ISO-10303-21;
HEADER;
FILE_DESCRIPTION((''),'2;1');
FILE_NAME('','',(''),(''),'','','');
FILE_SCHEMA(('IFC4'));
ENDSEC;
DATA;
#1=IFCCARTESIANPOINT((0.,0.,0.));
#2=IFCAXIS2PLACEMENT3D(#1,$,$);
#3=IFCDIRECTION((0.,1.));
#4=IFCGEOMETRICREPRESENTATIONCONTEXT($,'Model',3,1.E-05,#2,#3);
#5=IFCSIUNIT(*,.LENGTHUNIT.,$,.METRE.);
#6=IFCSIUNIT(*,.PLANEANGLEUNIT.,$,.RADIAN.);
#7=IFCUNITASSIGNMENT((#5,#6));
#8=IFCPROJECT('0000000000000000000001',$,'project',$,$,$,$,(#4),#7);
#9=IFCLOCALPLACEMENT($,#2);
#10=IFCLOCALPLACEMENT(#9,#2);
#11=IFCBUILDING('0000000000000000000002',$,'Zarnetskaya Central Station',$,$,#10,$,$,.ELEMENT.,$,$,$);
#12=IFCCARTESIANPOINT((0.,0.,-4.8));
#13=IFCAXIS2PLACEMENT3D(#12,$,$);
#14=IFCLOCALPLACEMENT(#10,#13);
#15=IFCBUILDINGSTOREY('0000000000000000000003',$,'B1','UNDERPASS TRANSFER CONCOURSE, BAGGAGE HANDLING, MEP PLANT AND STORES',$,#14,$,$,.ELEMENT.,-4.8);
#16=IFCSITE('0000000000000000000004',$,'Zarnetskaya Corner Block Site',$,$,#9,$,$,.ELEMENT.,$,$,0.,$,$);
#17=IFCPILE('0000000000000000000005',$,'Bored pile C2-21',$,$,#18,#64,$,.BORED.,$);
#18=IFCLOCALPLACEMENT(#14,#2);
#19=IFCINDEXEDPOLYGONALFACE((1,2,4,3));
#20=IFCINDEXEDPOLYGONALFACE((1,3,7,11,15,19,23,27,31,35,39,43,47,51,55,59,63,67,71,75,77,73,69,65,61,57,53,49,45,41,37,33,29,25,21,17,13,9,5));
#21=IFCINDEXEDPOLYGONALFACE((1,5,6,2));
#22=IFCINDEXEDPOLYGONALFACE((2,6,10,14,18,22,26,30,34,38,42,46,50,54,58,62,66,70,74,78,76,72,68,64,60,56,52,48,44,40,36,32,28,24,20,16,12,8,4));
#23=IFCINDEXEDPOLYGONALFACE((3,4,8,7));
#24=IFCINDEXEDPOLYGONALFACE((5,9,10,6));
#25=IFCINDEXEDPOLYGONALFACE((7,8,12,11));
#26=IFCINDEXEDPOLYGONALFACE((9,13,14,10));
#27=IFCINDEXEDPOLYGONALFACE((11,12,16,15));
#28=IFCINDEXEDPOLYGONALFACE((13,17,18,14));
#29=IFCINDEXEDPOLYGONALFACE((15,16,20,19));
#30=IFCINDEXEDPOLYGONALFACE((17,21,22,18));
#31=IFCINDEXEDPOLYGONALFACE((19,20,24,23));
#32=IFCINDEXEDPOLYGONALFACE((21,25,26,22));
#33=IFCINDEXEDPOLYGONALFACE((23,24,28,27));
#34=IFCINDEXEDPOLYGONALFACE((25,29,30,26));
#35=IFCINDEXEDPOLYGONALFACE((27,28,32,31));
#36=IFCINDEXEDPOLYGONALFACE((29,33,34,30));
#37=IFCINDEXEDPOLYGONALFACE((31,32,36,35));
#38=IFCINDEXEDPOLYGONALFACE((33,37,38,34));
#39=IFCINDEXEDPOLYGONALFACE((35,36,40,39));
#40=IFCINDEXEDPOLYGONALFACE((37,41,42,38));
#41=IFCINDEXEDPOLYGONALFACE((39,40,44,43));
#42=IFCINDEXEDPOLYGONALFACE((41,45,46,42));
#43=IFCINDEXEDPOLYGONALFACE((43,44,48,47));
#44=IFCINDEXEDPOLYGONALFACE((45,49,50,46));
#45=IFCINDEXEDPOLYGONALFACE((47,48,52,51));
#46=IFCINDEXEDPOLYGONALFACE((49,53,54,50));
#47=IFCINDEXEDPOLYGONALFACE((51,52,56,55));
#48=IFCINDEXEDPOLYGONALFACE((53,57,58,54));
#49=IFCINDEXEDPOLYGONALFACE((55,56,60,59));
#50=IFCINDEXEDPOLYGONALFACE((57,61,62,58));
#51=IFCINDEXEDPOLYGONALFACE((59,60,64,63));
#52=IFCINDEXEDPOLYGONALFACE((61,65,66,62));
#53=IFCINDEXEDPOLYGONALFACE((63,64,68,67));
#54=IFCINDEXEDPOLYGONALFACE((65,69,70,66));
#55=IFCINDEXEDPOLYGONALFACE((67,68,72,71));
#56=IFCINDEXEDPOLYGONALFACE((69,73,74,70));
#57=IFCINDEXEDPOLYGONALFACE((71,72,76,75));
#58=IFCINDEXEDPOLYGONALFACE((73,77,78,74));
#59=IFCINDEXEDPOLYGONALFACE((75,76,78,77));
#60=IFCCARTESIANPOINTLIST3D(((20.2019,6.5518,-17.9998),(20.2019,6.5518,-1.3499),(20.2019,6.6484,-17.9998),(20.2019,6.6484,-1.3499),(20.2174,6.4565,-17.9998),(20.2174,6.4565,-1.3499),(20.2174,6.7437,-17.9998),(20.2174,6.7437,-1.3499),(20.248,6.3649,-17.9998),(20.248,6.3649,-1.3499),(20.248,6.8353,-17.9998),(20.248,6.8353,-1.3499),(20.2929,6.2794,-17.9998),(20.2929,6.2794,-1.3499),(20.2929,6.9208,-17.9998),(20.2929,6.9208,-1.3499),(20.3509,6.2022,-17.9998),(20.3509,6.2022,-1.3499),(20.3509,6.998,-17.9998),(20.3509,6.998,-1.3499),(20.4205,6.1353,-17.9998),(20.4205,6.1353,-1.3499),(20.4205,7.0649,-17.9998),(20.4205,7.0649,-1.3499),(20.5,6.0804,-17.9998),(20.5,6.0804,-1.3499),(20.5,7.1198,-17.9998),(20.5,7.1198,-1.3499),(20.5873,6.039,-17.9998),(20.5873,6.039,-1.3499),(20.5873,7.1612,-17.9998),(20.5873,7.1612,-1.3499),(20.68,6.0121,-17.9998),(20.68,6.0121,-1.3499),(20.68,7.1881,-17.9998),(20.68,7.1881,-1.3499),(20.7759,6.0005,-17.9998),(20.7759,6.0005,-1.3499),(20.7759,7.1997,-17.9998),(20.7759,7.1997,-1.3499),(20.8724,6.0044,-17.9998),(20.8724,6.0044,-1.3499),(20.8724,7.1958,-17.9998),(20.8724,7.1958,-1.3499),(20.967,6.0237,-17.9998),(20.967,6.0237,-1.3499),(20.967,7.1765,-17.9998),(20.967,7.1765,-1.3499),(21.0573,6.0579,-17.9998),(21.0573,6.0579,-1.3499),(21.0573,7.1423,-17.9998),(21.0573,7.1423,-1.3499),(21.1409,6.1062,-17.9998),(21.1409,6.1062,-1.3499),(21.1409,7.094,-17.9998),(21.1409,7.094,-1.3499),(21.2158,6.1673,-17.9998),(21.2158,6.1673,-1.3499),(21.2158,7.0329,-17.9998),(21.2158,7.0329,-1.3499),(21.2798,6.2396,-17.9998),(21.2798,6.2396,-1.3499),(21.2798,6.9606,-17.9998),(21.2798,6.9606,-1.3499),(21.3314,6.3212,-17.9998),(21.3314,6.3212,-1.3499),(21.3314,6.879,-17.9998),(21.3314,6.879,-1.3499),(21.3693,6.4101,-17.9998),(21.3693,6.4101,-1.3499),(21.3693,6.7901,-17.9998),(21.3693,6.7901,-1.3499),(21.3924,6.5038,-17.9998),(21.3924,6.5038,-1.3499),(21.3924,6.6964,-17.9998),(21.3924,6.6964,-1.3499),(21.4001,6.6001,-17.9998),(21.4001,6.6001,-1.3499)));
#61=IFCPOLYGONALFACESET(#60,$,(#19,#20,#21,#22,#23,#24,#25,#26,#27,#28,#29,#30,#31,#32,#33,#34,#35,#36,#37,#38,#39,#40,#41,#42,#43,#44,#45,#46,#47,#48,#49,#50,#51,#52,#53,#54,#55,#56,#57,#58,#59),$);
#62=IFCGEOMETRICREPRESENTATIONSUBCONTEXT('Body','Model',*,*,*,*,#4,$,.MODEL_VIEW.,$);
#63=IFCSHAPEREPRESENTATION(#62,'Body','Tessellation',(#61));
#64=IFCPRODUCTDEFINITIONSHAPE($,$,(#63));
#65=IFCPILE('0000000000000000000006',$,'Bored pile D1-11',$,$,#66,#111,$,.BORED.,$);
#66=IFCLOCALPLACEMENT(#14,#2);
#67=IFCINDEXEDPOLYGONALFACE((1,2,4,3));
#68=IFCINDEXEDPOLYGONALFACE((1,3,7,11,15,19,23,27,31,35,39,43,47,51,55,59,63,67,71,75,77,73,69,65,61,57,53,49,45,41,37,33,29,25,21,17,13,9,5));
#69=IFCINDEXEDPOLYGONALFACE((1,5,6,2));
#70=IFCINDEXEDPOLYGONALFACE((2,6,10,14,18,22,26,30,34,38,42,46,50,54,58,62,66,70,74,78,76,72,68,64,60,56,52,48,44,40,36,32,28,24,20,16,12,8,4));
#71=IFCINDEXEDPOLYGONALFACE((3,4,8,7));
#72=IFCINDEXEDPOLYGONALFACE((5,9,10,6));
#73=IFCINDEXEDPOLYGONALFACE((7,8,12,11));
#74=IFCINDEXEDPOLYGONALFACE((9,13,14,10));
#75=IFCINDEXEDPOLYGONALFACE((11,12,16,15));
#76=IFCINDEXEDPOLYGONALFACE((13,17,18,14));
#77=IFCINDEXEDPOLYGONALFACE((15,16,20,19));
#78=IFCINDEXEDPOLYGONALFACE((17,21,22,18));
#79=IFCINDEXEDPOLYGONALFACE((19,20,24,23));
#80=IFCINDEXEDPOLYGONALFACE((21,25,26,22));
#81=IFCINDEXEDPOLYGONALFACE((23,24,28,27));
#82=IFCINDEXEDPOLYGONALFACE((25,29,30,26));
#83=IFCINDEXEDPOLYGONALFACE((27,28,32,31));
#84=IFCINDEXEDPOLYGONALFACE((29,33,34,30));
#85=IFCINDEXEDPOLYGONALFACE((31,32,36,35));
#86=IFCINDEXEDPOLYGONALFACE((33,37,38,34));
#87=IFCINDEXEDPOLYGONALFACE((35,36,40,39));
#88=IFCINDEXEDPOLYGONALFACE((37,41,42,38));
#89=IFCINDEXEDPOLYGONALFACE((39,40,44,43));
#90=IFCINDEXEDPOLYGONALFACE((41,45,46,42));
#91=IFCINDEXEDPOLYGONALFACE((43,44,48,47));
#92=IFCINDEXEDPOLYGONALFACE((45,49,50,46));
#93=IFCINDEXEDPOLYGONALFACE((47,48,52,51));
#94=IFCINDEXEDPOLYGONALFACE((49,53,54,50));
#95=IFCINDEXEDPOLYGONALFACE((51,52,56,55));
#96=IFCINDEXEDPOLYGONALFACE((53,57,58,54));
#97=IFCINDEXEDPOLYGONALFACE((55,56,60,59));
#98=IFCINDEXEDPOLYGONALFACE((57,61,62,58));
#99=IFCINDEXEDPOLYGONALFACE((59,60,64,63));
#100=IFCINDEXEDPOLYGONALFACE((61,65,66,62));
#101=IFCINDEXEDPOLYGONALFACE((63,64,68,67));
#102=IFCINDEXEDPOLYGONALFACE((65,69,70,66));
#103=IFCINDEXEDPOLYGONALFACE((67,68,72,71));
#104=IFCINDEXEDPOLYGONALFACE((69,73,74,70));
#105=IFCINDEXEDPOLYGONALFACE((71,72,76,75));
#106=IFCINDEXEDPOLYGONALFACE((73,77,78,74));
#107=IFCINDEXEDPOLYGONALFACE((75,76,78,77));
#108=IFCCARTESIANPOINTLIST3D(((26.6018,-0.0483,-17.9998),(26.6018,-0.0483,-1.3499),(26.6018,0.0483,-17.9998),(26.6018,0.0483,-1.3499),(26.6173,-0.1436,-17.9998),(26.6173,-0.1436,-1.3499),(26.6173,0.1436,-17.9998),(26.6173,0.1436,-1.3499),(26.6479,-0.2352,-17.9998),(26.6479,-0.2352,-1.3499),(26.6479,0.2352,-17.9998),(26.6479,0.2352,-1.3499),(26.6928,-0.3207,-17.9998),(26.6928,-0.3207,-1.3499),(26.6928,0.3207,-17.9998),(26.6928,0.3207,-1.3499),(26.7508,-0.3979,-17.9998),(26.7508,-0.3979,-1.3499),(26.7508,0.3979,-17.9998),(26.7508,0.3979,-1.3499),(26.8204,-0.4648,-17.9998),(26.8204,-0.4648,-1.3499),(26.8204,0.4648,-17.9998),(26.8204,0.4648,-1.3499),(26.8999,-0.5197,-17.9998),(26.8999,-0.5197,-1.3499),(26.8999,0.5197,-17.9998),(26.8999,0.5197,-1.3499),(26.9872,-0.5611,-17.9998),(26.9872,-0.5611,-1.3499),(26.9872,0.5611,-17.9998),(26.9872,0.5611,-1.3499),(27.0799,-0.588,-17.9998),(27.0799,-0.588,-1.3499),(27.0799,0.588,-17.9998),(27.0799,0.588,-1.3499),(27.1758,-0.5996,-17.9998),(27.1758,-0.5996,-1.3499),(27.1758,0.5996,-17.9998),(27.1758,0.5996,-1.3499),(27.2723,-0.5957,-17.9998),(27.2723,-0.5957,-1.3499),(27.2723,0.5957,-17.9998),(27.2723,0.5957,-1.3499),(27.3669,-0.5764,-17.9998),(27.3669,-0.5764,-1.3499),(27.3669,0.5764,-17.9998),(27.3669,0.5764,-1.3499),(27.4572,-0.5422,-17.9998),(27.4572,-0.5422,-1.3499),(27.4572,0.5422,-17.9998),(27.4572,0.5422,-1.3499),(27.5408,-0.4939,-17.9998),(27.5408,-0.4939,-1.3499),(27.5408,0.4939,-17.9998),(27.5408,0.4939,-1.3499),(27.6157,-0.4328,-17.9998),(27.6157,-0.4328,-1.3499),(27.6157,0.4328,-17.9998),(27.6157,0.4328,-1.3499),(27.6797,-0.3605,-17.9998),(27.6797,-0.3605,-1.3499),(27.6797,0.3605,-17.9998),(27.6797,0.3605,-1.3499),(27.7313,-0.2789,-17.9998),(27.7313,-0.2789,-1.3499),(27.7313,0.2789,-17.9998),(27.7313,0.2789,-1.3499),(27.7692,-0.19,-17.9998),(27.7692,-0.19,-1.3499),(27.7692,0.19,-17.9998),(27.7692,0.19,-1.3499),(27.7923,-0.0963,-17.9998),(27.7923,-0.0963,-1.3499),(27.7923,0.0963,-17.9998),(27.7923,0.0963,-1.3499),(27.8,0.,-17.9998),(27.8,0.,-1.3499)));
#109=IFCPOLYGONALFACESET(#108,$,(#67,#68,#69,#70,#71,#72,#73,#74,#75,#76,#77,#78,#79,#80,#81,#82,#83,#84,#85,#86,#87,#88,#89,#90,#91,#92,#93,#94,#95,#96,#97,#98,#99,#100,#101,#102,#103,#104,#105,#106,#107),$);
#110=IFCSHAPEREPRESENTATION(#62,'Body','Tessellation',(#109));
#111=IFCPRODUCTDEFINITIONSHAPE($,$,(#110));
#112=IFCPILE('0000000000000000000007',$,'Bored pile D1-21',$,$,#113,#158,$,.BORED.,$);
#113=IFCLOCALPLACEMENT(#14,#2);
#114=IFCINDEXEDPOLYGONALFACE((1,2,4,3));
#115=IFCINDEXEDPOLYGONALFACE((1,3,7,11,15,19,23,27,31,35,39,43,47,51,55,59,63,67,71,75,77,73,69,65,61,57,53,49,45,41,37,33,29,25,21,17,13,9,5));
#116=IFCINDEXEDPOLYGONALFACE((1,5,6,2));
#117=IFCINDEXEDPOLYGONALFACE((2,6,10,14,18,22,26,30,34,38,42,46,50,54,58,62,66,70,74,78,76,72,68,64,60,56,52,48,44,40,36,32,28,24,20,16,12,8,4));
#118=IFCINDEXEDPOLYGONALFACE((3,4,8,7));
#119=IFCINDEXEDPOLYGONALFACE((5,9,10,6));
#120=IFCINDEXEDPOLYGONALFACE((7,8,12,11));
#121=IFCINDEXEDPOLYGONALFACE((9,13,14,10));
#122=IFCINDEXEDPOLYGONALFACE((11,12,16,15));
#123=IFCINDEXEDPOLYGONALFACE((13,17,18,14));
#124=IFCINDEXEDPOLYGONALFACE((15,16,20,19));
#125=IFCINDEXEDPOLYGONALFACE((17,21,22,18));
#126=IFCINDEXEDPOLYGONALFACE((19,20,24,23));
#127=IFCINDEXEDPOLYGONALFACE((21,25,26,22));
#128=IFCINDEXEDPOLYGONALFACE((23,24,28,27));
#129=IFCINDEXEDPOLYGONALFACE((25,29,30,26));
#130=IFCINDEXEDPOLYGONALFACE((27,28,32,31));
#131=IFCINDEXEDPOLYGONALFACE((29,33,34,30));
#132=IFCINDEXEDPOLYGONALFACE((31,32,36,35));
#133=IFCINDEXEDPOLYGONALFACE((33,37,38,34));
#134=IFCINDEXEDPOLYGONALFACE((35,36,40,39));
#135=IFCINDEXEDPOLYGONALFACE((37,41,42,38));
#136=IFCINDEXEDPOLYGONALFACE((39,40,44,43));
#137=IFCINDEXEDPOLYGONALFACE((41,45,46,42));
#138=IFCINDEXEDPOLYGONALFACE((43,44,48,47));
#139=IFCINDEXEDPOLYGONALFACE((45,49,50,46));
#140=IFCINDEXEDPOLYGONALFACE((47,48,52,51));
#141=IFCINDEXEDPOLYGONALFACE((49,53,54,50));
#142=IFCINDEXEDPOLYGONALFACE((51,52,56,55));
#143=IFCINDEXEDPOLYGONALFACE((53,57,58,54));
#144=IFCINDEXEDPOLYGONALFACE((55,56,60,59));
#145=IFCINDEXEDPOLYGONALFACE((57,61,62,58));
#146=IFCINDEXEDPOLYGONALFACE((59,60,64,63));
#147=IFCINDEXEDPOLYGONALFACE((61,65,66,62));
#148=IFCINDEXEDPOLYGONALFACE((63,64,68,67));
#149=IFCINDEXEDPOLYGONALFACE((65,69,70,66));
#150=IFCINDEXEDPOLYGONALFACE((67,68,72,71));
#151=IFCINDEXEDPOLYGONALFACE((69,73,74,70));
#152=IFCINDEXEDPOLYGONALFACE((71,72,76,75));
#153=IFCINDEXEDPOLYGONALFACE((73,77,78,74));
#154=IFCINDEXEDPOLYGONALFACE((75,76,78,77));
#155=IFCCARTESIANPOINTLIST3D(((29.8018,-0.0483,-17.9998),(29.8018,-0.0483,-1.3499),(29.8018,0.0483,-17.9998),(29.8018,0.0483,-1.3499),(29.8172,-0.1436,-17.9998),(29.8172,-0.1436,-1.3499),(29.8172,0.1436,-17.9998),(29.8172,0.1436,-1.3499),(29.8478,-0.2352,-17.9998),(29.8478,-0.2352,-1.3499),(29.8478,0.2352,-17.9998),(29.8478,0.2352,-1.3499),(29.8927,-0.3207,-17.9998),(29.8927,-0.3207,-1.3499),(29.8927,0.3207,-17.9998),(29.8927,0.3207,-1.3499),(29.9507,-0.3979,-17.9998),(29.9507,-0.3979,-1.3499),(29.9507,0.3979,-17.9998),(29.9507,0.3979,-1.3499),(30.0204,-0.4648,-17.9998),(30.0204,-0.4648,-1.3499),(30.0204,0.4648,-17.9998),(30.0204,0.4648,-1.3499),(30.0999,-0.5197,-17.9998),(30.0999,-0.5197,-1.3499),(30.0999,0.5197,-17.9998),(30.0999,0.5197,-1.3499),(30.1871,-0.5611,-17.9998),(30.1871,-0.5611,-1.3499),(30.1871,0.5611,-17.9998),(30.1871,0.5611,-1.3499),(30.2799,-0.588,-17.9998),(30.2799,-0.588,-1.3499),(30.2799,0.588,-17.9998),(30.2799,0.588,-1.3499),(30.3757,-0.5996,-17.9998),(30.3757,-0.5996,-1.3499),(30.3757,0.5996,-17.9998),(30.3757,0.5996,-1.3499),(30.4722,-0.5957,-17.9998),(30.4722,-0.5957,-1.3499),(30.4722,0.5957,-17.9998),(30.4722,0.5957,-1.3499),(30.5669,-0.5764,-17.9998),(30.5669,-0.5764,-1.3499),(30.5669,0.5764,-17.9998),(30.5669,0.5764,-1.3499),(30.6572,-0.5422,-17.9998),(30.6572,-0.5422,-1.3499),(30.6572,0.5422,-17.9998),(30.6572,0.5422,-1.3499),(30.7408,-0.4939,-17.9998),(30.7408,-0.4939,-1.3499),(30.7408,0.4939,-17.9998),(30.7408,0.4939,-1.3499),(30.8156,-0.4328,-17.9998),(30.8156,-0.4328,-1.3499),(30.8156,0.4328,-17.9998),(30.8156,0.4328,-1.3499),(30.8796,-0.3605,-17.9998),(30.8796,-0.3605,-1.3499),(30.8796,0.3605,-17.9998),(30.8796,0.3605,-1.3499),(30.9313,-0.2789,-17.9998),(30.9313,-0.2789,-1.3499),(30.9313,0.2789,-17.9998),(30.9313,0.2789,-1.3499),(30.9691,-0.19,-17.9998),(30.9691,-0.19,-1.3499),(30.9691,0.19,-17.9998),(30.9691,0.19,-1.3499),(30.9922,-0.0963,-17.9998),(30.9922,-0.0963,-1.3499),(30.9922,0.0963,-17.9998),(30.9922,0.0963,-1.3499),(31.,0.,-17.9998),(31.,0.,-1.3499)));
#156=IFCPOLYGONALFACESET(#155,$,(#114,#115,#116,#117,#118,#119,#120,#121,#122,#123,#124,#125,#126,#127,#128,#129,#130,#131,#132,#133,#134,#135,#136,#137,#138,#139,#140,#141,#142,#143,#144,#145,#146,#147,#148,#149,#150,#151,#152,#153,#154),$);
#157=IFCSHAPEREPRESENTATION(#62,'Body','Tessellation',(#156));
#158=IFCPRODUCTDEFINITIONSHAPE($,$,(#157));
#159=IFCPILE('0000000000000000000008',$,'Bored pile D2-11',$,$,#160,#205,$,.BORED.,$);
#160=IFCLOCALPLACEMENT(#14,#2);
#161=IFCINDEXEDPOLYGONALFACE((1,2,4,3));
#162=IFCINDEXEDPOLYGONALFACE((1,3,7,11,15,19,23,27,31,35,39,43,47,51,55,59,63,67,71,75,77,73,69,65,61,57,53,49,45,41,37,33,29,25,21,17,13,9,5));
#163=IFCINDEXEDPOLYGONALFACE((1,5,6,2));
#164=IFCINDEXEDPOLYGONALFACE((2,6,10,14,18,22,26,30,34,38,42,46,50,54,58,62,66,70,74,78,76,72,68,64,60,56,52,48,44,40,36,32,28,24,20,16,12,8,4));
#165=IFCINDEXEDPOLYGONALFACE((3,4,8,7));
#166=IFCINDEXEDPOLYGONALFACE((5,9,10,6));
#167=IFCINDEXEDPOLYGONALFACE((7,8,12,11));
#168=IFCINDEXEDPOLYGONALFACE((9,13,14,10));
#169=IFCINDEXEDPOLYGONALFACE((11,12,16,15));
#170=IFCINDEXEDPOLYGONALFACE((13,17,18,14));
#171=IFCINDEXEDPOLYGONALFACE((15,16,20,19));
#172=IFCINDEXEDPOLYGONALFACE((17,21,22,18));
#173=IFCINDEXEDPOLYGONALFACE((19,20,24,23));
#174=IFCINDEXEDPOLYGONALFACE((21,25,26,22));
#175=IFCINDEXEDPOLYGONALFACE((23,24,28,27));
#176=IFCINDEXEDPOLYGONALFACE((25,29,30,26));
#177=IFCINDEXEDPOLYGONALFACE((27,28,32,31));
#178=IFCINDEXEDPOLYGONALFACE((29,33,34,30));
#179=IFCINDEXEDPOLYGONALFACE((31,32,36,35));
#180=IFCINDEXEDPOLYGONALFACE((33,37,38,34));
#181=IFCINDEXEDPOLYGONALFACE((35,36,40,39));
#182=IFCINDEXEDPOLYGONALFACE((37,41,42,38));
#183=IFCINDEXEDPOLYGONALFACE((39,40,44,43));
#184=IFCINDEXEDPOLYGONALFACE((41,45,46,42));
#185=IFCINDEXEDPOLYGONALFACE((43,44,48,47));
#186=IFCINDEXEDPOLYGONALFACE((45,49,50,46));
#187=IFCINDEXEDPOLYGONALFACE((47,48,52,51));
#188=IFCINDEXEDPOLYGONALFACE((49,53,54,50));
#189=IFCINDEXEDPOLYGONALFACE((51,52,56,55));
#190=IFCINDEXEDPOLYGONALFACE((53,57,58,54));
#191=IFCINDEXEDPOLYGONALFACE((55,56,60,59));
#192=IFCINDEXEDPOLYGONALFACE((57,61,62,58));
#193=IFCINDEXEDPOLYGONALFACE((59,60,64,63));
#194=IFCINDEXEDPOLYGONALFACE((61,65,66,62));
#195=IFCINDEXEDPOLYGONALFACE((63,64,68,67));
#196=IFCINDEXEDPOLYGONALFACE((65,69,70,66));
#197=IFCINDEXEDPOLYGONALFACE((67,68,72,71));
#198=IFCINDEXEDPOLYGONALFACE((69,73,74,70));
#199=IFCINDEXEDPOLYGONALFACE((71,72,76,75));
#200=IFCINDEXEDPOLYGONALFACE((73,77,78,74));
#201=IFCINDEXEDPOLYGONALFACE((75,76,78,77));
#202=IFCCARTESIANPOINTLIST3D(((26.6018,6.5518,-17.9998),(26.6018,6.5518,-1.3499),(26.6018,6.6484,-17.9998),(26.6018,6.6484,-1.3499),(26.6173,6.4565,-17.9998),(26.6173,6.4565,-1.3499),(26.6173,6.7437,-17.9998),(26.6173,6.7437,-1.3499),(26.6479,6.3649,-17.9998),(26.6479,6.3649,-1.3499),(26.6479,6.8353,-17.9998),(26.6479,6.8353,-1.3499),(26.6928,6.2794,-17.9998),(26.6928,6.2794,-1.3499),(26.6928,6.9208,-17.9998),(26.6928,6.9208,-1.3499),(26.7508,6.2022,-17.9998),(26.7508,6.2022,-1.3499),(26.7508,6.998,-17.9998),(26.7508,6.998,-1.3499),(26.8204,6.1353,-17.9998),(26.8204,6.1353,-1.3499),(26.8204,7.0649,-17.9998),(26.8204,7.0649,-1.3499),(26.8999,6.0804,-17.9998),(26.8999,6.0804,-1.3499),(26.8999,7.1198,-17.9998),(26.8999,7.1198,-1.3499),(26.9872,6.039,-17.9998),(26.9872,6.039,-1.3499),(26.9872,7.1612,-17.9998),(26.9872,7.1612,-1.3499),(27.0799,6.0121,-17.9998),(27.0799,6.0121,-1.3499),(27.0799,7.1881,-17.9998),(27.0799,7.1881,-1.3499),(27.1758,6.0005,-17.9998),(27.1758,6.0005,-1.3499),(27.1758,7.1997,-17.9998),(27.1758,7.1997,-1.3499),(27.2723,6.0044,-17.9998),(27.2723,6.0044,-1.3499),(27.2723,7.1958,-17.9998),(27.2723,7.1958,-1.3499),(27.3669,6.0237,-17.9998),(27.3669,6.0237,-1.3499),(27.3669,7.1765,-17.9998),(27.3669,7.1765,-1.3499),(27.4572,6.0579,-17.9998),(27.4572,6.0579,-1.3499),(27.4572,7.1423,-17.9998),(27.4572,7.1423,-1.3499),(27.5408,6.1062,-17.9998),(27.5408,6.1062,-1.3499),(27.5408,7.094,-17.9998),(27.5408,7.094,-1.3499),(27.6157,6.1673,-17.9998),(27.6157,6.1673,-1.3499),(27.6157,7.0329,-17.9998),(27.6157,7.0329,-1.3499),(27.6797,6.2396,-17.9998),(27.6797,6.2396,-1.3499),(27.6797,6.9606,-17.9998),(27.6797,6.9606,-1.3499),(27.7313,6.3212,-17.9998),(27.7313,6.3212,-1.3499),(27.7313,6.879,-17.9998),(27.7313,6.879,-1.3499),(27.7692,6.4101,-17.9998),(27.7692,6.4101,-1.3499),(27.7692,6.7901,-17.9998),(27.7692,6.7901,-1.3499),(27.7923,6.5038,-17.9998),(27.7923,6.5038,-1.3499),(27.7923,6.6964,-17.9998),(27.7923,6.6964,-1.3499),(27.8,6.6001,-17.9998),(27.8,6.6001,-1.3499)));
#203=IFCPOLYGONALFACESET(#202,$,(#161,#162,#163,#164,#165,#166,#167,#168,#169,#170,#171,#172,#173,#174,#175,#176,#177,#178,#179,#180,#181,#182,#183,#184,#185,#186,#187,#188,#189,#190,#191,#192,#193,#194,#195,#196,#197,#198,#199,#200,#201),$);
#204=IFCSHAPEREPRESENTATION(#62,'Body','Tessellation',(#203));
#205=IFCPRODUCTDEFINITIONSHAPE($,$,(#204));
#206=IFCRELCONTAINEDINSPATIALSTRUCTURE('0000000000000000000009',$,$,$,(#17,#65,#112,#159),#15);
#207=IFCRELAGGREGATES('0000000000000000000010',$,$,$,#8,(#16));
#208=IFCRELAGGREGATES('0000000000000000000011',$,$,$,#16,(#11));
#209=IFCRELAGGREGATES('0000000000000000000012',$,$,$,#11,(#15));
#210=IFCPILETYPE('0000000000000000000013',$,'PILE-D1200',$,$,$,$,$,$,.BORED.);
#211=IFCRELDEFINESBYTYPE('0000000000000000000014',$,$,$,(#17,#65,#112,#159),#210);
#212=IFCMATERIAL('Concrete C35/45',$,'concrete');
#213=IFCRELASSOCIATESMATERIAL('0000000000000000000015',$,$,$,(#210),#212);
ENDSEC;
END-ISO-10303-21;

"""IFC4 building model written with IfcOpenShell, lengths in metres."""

from ifc_helpers import new_model, si_unit, direction, frame, origin, origin_2d, place, context, subcontext, project, spatial, circle, extrude, material, material_profile, profile_set, type_object, element, save


model = new_model("IFC4")

# Units and contexts
model_context = context("Model", 3, precision=1e-05, world=origin(), true_north=direction((0.0, 1.0)))
body_context = subcontext(model_context, "Body", "Model", "MODEL_VIEW")
ifc_project = project(units=[si_unit("LENGTHUNIT", "METRE"), si_unit("PLANEANGLEUNIT", "RADIAN")], contexts=[model_context])

# Site, building, storey
site_placement = place(None, origin())
site = spatial("IfcSite", under=ifc_project, at=site_placement, Name="Zarnetskaya Corner Block Site", CompositionType="ELEMENT", RefElevation=0.0)
building_placement = place(site_placement, origin())
building = spatial("IfcBuilding", under=site, at=building_placement, Name="Zarnetskaya Central Station", CompositionType="ELEMENT")
storey_placement = place(building_placement, frame((0.0, 0.0, -4.8)))
storey = spatial("IfcBuildingStorey", under=building, at=storey_placement, Name="B1", Description="UNDERPASS TRANSFER CONCOURSE, BAGGAGE HANDLING, MEP PLANT AND STORES", CompositionType="ELEMENT", Elevation=-4.8)

# Shared definitions
ifc_material_1 = material(Name="Concrete C35/45", Category="concrete")

# Piles
ifc_material_profile_1 = material_profile(ifc_material_1, circle(Radius=0.6001, at=origin_2d()), Name="BORED PILE D1200")
ifc_profile_set_1 = profile_set([ifc_material_profile_1], Name="Concrete C35/45")
pile_type = type_object("IfcPileType", Name="PILE-D1200", PredefinedType="BORED", material=ifc_profile_set_1)
for number, where, z_axis, x_axis, name in (
    (1, (20.8, 6.6001, -1.3499), (0.0, 0.0, -1.0), (1.0, 0.0, 0.0), "Bored pile C2-21"),
    (2, (27.2, 0.0, -1.3499), (0.0, 0.0, -1.0), (1.0, 0.0, 0.0), "Bored pile D1-11"),
    (3, (30.3999, 0.0, -1.3499), (0.0, 0.0, -1.0), (1.0, 0.0, 0.0), "Bored pile D1-21"),
    (4, (27.2, 6.6001, -1.3499), (0.0, 0.0, -1.0), (1.0, 0.0, 0.0), "Bored pile D2-11"),
):
    element("IfcPile", number, at=place(storey_placement, frame(where, z_axis=z_axis, x_axis=x_axis)), inside=storey, type_object=pile_type, Name=name, PredefinedType="BORED", context=body_context, shape_type="SweptSolid", body=[
        extrude(circle(Radius=0.6001, at=origin_2d()), origin(), (0.0, 0.0, 1.0), 16.6499),
    ])

save(model, "model.ifc")
